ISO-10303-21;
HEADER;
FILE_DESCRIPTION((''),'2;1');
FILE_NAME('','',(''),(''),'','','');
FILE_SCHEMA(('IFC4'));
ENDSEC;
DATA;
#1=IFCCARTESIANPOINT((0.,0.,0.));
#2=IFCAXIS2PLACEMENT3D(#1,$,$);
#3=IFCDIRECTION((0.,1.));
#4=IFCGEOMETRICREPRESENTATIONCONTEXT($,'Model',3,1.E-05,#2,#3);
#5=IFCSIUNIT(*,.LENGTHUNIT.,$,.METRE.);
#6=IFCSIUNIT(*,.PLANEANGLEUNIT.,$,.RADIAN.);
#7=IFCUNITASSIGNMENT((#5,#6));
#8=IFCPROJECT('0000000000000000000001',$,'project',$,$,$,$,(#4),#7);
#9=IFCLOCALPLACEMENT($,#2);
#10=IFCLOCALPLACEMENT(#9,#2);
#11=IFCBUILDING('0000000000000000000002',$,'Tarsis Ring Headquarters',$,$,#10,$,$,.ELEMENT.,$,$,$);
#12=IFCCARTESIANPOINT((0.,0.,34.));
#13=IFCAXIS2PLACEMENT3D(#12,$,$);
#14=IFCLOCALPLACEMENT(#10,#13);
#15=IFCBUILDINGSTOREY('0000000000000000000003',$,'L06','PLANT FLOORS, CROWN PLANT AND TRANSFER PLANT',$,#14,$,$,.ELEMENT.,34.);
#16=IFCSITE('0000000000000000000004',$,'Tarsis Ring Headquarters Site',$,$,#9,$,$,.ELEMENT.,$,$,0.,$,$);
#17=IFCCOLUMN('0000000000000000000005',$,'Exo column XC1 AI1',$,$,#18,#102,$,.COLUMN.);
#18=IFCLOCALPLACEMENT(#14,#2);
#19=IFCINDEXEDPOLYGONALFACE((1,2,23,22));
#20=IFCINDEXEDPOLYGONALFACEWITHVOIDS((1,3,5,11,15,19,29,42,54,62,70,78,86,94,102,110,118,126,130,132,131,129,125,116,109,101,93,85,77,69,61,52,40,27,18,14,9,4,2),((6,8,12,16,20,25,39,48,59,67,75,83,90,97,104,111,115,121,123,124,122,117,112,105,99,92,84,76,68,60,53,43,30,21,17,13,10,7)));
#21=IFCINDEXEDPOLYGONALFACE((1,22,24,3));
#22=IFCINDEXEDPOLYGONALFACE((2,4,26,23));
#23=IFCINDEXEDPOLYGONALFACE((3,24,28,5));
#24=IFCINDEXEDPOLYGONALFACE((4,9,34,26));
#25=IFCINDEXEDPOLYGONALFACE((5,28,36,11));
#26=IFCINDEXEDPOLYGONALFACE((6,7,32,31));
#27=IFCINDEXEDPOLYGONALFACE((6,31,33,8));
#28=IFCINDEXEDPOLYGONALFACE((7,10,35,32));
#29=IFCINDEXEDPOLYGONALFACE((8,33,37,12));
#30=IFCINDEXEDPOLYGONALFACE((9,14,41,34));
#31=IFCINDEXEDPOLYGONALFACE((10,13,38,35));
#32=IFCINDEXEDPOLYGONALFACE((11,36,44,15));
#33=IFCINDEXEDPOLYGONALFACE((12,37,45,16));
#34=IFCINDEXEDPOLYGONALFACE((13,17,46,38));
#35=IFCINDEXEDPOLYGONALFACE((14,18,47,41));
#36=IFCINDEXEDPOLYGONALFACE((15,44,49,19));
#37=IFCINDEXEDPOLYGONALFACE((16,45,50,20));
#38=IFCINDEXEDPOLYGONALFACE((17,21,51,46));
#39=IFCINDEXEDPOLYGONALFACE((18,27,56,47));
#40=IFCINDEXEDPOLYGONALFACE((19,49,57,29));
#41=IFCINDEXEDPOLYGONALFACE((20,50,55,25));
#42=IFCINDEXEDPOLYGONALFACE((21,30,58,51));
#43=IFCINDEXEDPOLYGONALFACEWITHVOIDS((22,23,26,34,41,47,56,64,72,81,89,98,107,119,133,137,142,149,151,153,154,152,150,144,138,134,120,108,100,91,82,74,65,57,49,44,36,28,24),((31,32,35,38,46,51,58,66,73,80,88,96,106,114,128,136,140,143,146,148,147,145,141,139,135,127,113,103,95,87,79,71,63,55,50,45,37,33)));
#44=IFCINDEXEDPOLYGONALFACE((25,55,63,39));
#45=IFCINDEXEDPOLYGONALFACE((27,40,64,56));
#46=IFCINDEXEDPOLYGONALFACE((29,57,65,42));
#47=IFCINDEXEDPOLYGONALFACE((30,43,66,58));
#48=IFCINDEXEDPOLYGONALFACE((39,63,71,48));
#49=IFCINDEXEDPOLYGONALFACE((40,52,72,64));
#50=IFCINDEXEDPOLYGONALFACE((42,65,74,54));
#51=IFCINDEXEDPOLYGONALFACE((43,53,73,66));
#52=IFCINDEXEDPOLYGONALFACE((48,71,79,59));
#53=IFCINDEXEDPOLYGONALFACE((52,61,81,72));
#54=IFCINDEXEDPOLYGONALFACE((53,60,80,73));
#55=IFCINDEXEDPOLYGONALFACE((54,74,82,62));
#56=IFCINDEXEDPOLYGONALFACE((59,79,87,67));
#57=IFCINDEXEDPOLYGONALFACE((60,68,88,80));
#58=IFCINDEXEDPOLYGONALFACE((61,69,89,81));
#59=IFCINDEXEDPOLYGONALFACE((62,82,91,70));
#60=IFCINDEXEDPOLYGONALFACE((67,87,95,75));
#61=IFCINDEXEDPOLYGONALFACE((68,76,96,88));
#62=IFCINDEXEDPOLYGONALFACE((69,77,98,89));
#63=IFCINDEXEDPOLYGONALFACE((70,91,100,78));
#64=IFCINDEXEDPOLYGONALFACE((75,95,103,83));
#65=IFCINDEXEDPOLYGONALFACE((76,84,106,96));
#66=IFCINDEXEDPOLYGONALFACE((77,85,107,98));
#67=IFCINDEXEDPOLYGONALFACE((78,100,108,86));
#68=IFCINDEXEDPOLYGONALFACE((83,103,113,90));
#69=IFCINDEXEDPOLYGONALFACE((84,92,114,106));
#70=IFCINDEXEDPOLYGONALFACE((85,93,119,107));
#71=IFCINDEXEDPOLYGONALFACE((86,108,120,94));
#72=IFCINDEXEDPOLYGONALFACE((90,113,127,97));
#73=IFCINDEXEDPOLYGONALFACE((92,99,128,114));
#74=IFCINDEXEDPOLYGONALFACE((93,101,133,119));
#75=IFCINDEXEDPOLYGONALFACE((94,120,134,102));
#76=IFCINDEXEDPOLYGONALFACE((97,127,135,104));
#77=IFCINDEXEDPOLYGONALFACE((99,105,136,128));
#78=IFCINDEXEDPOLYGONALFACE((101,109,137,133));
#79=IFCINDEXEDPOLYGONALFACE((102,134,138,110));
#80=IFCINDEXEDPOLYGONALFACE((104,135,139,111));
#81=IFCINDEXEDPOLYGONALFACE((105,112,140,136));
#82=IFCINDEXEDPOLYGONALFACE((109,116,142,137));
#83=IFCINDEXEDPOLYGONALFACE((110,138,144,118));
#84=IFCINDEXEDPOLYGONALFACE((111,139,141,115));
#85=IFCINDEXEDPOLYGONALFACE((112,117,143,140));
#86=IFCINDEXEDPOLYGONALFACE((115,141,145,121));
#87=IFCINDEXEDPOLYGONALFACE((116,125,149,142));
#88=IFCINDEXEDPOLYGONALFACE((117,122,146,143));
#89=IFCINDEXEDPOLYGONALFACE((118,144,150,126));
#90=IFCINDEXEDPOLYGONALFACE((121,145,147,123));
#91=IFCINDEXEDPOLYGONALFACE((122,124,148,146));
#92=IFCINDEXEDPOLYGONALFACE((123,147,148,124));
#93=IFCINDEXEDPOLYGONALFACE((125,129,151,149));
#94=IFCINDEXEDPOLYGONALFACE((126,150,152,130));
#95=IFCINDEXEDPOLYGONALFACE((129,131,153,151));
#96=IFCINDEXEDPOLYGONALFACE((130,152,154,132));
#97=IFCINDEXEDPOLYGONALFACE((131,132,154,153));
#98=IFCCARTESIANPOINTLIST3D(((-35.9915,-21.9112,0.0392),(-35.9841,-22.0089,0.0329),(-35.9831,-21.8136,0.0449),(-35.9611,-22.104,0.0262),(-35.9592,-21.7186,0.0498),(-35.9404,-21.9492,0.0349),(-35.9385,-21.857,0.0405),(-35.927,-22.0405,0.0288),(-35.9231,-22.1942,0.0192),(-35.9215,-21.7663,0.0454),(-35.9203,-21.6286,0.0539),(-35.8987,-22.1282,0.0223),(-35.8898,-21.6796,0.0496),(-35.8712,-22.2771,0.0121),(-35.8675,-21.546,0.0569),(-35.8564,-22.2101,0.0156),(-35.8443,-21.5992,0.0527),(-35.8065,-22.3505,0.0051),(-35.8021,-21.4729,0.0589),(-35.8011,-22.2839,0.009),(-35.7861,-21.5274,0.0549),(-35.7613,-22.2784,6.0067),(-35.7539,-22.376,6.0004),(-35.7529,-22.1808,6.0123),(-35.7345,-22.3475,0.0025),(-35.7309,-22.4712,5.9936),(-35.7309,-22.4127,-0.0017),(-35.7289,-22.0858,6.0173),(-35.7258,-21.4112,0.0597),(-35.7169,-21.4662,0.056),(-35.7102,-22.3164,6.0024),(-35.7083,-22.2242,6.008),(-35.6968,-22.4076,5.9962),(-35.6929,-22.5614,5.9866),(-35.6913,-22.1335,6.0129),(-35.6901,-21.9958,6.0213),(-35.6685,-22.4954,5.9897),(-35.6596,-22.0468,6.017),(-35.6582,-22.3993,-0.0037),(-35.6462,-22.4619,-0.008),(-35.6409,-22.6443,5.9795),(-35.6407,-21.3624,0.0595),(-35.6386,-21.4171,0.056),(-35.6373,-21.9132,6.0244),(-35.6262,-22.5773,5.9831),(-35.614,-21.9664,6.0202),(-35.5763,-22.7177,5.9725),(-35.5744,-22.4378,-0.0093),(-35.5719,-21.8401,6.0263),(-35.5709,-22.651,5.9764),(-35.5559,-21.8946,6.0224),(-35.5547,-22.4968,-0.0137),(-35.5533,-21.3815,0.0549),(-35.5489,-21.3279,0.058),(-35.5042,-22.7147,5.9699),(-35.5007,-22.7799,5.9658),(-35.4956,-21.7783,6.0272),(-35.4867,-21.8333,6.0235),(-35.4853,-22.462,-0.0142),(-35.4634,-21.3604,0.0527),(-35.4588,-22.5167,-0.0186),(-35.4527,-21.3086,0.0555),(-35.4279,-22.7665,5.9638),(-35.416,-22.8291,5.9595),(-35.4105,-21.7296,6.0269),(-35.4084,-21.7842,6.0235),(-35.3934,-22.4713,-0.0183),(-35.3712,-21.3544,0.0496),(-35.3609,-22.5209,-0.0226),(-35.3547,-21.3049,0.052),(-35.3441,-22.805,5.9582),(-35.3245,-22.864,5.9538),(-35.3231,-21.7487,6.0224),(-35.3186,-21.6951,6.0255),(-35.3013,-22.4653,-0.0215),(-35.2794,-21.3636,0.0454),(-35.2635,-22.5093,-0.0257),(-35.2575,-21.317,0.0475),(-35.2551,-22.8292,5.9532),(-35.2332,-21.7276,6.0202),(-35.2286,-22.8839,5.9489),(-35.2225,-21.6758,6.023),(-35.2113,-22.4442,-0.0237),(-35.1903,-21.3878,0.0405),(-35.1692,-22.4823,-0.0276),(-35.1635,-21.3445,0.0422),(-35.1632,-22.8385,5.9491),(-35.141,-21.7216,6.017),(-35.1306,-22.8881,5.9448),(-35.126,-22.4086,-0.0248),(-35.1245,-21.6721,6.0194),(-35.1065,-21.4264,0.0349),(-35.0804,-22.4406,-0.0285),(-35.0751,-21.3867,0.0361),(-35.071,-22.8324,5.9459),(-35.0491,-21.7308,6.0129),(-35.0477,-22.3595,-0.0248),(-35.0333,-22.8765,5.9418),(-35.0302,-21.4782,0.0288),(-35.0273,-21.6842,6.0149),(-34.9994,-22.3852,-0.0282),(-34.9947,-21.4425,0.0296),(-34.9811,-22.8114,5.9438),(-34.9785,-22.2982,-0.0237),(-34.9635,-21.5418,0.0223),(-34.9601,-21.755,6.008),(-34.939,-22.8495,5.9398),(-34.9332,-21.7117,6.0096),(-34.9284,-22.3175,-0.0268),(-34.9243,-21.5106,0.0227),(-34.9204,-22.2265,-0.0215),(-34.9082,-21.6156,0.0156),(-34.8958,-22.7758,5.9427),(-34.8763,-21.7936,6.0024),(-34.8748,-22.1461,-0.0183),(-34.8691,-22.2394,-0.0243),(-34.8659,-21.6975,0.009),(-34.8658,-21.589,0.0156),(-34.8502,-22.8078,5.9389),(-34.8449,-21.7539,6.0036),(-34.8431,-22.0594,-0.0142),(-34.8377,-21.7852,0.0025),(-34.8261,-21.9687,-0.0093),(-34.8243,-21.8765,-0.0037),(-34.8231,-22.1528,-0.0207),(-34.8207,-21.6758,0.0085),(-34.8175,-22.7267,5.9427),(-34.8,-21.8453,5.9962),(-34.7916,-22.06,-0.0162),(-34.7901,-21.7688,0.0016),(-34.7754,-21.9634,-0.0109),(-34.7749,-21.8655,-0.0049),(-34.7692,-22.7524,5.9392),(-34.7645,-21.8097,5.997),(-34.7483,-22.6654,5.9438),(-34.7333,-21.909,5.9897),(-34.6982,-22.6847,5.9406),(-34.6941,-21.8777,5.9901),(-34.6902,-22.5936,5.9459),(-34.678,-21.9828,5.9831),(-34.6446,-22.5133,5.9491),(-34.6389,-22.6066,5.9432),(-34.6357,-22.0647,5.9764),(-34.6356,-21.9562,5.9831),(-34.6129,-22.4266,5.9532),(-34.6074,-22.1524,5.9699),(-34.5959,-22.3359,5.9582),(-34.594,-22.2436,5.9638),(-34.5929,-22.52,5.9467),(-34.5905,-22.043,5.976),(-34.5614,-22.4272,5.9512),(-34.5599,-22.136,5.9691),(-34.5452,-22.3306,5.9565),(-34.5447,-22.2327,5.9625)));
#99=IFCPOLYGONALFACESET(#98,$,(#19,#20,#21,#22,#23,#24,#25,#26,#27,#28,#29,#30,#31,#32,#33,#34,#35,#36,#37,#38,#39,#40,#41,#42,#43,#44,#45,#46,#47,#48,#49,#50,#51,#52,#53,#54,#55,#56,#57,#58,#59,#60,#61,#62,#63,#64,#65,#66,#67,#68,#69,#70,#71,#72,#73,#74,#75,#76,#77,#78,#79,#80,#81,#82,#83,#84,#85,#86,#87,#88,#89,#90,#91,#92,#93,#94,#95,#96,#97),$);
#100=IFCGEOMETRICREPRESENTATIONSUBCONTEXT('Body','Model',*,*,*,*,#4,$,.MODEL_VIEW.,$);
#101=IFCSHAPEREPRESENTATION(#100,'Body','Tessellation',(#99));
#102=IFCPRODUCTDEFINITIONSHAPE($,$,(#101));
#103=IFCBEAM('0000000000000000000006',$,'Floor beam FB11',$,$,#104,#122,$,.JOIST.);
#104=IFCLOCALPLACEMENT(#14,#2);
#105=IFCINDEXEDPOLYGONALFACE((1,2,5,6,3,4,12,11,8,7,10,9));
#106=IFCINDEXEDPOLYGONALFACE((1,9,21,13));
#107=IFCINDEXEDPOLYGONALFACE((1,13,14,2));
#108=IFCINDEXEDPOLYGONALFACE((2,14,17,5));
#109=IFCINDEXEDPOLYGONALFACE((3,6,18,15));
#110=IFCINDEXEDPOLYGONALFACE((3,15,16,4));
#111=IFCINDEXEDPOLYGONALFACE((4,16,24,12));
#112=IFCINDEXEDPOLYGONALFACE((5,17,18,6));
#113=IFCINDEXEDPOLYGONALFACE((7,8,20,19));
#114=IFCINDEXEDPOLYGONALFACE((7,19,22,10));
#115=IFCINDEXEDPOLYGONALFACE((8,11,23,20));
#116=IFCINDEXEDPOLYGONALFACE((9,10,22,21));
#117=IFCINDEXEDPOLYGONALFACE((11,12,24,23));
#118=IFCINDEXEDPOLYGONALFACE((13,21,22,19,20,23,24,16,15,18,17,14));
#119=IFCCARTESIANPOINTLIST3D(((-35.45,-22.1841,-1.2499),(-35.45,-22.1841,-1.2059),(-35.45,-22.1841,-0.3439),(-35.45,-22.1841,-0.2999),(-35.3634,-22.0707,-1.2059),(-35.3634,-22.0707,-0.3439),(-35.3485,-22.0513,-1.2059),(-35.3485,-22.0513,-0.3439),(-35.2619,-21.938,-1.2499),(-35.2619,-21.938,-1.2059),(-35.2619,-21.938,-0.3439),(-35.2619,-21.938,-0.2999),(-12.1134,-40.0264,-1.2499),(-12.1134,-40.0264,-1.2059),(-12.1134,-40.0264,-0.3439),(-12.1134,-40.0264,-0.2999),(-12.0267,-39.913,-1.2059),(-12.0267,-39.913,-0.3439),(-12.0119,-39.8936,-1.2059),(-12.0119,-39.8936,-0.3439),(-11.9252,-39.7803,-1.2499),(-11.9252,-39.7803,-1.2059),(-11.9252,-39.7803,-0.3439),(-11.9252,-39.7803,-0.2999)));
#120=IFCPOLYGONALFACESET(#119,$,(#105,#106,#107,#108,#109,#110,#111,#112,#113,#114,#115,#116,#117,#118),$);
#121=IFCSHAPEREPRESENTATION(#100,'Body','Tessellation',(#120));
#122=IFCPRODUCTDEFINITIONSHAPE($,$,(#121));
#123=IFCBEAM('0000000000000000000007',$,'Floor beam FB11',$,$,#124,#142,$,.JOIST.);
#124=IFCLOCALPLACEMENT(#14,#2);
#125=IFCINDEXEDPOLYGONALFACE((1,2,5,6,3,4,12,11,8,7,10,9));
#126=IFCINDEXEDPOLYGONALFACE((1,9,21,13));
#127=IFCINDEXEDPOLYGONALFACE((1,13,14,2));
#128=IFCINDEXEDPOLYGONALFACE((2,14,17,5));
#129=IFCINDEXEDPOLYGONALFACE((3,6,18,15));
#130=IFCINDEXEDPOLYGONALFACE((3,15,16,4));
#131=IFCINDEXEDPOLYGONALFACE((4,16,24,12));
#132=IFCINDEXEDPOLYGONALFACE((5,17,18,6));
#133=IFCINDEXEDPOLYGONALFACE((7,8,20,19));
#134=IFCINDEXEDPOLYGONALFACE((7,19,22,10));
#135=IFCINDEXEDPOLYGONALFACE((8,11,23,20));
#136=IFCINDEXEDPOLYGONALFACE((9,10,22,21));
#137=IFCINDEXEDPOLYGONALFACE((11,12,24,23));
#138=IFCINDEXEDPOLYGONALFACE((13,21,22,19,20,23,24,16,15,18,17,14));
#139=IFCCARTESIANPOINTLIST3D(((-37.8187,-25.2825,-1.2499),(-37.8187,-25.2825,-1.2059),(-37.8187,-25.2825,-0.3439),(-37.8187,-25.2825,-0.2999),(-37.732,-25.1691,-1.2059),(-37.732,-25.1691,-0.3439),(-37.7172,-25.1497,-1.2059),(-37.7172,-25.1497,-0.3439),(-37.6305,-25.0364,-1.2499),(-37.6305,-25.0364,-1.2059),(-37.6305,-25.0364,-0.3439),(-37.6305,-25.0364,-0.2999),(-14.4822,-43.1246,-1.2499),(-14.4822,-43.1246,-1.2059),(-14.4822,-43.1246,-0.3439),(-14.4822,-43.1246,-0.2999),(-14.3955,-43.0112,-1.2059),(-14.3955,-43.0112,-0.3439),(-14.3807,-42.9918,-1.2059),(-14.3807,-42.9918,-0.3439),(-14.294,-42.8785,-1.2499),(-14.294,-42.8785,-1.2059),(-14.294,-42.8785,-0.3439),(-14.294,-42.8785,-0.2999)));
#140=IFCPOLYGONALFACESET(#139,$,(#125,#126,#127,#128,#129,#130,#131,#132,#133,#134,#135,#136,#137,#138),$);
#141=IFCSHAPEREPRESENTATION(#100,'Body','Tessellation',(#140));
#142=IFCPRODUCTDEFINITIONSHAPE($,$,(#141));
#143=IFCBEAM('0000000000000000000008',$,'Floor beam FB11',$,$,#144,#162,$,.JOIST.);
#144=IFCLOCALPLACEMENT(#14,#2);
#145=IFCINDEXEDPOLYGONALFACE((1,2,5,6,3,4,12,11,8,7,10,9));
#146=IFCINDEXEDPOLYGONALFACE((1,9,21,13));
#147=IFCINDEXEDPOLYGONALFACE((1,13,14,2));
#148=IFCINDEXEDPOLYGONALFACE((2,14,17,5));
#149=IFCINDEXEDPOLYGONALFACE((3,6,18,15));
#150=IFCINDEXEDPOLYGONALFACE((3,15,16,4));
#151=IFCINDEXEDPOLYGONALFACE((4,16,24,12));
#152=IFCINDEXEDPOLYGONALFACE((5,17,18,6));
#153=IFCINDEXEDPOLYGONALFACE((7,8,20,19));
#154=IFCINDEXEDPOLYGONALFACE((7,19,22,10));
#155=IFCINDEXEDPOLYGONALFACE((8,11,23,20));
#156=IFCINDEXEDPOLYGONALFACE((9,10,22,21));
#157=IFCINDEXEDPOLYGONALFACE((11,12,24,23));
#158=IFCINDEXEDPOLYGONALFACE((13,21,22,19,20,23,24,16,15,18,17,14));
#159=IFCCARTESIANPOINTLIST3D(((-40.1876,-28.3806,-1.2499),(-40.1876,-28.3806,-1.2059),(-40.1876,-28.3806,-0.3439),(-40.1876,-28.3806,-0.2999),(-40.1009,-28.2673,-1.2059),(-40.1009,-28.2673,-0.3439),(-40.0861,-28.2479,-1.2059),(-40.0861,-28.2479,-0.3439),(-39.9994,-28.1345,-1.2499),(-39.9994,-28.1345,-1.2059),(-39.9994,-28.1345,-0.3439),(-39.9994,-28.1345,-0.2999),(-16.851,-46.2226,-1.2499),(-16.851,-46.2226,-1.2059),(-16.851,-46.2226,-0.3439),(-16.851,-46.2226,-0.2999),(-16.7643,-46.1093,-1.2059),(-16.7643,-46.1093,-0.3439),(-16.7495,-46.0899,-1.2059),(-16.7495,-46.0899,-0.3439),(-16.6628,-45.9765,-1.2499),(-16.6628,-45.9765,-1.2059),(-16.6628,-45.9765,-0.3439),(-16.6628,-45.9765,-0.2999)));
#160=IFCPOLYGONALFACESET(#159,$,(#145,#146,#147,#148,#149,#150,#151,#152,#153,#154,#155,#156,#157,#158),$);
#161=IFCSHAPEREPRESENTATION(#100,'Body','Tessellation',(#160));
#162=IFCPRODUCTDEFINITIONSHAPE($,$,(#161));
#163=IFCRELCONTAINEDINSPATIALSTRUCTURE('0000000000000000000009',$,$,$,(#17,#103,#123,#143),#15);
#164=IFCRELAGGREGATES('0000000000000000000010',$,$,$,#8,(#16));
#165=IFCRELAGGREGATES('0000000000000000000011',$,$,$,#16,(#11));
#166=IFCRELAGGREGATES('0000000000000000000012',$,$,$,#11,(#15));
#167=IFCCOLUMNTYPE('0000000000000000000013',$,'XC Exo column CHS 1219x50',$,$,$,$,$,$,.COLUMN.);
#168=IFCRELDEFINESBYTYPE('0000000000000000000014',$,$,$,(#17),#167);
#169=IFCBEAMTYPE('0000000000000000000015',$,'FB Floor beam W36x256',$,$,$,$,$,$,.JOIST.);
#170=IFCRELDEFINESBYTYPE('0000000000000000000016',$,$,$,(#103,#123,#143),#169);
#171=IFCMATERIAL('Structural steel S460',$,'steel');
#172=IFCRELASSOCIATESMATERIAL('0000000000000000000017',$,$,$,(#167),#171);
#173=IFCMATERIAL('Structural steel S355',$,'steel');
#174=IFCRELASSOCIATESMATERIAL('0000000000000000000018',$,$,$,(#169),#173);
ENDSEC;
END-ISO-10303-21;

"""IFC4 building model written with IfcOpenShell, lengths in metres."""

from ifc_helpers import new_model, si_unit, direction, frame, origin, origin_2d, place, context, subcontext, project, spatial, hollow_circle, i_section, extrude, material, material_profile, profile_set, type_object, element, save


model = new_model("IFC4")

# Units and contexts
model_context = context("Model", 3, precision=1e-05, world=origin(), true_north=direction((0.0, 1.0)))
body_context = subcontext(model_context, "Body", "Model", "MODEL_VIEW")
ifc_project = project(units=[si_unit("LENGTHUNIT", "METRE"), si_unit("PLANEANGLEUNIT", "RADIAN")], contexts=[model_context])

# Site, building, storey
site_placement = place(None, origin())
site = spatial("IfcSite", under=ifc_project, at=site_placement, Name="Tarsis Ring Headquarters Site", CompositionType="ELEMENT", RefElevation=0.0)
building_placement = place(site_placement, origin())
building = spatial("IfcBuilding", under=site, at=building_placement, Name="Tarsis Ring Headquarters", CompositionType="ELEMENT")
storey_placement = place(building_placement, frame((0.0, 0.0, 34.0)))
storey = spatial("IfcBuildingStorey", under=building, at=storey_placement, Name="L06", Description="PLANT FLOORS, CROWN PLANT AND TRANSFER PLANT", CompositionType="ELEMENT", Elevation=34.0)

# Column
ifc_material_1 = material(Name="Structural steel S460", Category="steel")
ifc_material_profile_1 = material_profile(ifc_material_1, hollow_circle(Radius=0.6096, WallThickness=0.05, at=origin_2d()), Name="CHS 1219x50")
ifc_profile_set_1 = profile_set([ifc_material_profile_1], Name="Structural steel S460")
column_type = type_object("IfcColumnType", Name="XC Exo column CHS 1219x50", PredefinedType="COLUMN", material=ifc_profile_set_1)
column_placement = place(storey_placement, frame((-35.3823, -21.9128, 0.0156), z_axis=(0.038478, -0.061369, 0.997373), x_axis=(0.847238, 0.531214, 0.0)))
element("IfcColumn", 1, at=column_placement, inside=storey, type_object=column_type, Name="Exo column XC1 AI1", PredefinedType="COLUMN", context=body_context, shape_type="SweptSolid", body=[
    extrude(hollow_circle(Radius=0.6096, WallThickness=0.05, at=origin_2d()), origin(), (0.0, 0.0, 1.0), 5.9832),
])

# Beams
ifc_material_2 = material(Name="Structural steel S355", Category="steel")
ifc_material_profile_2 = material_profile(ifc_material_2, i_section(OverallWidth=0.3098, OverallDepth=0.95, WebThickness=0.0244, FlangeThickness=0.0439, at=origin_2d()), Name="W36x256")
ifc_profile_set_2 = profile_set([ifc_material_profile_2], Name="Structural steel S355")
beam_type_1 = type_object("IfcBeamType", Name="FB Floor beam W36x256", PredefinedType="JOIST", material=ifc_profile_set_2)
beam_1_placement = place(storey_placement, frame((-35.356, -22.061, -0.7749), z_axis=(0.794414, -0.607377, 0.0), x_axis=(0.607377, 0.794414, 0.0)))
element("IfcBeam", 2, at=beam_1_placement, inside=storey, type_object=beam_type_1, Name="Floor beam FB11", PredefinedType="JOIST", context=body_context, shape_type="SweptSolid", body=[
    extrude(i_section(OverallWidth=0.3098, OverallDepth=0.95, WebThickness=0.0244, FlangeThickness=0.0439, at=origin_2d()), origin(), (0.0, 0.0, 1.0), 29.376),
])
for number, where, z_axis, x_axis, name in (
    (3, (-37.7246, -25.1594, -0.7749), (0.794415, -0.607376, 0.0), (0.607376, 0.794415, 0.0), "Floor beam FB11"),
    (4, (-40.0935, -28.2576, -0.7749), (0.794418, -0.607372, 0.0), (0.607372, 0.794418, 0.0), "Floor beam FB11"),
):
    element("IfcBeam", number, at=place(storey_placement, frame(where, z_axis=z_axis, x_axis=x_axis)), inside=storey, type_object=beam_type_1, Name=name, PredefinedType="JOIST", context=body_context, shape_type="SweptSolid", body=[
        extrude(i_section(OverallWidth=0.3098, OverallDepth=0.95, WebThickness=0.0244, FlangeThickness=0.0439, at=origin_2d()), origin(), (0.0, 0.0, 1.0), 29.3757),
    ])

save(model, "model.ifc")
